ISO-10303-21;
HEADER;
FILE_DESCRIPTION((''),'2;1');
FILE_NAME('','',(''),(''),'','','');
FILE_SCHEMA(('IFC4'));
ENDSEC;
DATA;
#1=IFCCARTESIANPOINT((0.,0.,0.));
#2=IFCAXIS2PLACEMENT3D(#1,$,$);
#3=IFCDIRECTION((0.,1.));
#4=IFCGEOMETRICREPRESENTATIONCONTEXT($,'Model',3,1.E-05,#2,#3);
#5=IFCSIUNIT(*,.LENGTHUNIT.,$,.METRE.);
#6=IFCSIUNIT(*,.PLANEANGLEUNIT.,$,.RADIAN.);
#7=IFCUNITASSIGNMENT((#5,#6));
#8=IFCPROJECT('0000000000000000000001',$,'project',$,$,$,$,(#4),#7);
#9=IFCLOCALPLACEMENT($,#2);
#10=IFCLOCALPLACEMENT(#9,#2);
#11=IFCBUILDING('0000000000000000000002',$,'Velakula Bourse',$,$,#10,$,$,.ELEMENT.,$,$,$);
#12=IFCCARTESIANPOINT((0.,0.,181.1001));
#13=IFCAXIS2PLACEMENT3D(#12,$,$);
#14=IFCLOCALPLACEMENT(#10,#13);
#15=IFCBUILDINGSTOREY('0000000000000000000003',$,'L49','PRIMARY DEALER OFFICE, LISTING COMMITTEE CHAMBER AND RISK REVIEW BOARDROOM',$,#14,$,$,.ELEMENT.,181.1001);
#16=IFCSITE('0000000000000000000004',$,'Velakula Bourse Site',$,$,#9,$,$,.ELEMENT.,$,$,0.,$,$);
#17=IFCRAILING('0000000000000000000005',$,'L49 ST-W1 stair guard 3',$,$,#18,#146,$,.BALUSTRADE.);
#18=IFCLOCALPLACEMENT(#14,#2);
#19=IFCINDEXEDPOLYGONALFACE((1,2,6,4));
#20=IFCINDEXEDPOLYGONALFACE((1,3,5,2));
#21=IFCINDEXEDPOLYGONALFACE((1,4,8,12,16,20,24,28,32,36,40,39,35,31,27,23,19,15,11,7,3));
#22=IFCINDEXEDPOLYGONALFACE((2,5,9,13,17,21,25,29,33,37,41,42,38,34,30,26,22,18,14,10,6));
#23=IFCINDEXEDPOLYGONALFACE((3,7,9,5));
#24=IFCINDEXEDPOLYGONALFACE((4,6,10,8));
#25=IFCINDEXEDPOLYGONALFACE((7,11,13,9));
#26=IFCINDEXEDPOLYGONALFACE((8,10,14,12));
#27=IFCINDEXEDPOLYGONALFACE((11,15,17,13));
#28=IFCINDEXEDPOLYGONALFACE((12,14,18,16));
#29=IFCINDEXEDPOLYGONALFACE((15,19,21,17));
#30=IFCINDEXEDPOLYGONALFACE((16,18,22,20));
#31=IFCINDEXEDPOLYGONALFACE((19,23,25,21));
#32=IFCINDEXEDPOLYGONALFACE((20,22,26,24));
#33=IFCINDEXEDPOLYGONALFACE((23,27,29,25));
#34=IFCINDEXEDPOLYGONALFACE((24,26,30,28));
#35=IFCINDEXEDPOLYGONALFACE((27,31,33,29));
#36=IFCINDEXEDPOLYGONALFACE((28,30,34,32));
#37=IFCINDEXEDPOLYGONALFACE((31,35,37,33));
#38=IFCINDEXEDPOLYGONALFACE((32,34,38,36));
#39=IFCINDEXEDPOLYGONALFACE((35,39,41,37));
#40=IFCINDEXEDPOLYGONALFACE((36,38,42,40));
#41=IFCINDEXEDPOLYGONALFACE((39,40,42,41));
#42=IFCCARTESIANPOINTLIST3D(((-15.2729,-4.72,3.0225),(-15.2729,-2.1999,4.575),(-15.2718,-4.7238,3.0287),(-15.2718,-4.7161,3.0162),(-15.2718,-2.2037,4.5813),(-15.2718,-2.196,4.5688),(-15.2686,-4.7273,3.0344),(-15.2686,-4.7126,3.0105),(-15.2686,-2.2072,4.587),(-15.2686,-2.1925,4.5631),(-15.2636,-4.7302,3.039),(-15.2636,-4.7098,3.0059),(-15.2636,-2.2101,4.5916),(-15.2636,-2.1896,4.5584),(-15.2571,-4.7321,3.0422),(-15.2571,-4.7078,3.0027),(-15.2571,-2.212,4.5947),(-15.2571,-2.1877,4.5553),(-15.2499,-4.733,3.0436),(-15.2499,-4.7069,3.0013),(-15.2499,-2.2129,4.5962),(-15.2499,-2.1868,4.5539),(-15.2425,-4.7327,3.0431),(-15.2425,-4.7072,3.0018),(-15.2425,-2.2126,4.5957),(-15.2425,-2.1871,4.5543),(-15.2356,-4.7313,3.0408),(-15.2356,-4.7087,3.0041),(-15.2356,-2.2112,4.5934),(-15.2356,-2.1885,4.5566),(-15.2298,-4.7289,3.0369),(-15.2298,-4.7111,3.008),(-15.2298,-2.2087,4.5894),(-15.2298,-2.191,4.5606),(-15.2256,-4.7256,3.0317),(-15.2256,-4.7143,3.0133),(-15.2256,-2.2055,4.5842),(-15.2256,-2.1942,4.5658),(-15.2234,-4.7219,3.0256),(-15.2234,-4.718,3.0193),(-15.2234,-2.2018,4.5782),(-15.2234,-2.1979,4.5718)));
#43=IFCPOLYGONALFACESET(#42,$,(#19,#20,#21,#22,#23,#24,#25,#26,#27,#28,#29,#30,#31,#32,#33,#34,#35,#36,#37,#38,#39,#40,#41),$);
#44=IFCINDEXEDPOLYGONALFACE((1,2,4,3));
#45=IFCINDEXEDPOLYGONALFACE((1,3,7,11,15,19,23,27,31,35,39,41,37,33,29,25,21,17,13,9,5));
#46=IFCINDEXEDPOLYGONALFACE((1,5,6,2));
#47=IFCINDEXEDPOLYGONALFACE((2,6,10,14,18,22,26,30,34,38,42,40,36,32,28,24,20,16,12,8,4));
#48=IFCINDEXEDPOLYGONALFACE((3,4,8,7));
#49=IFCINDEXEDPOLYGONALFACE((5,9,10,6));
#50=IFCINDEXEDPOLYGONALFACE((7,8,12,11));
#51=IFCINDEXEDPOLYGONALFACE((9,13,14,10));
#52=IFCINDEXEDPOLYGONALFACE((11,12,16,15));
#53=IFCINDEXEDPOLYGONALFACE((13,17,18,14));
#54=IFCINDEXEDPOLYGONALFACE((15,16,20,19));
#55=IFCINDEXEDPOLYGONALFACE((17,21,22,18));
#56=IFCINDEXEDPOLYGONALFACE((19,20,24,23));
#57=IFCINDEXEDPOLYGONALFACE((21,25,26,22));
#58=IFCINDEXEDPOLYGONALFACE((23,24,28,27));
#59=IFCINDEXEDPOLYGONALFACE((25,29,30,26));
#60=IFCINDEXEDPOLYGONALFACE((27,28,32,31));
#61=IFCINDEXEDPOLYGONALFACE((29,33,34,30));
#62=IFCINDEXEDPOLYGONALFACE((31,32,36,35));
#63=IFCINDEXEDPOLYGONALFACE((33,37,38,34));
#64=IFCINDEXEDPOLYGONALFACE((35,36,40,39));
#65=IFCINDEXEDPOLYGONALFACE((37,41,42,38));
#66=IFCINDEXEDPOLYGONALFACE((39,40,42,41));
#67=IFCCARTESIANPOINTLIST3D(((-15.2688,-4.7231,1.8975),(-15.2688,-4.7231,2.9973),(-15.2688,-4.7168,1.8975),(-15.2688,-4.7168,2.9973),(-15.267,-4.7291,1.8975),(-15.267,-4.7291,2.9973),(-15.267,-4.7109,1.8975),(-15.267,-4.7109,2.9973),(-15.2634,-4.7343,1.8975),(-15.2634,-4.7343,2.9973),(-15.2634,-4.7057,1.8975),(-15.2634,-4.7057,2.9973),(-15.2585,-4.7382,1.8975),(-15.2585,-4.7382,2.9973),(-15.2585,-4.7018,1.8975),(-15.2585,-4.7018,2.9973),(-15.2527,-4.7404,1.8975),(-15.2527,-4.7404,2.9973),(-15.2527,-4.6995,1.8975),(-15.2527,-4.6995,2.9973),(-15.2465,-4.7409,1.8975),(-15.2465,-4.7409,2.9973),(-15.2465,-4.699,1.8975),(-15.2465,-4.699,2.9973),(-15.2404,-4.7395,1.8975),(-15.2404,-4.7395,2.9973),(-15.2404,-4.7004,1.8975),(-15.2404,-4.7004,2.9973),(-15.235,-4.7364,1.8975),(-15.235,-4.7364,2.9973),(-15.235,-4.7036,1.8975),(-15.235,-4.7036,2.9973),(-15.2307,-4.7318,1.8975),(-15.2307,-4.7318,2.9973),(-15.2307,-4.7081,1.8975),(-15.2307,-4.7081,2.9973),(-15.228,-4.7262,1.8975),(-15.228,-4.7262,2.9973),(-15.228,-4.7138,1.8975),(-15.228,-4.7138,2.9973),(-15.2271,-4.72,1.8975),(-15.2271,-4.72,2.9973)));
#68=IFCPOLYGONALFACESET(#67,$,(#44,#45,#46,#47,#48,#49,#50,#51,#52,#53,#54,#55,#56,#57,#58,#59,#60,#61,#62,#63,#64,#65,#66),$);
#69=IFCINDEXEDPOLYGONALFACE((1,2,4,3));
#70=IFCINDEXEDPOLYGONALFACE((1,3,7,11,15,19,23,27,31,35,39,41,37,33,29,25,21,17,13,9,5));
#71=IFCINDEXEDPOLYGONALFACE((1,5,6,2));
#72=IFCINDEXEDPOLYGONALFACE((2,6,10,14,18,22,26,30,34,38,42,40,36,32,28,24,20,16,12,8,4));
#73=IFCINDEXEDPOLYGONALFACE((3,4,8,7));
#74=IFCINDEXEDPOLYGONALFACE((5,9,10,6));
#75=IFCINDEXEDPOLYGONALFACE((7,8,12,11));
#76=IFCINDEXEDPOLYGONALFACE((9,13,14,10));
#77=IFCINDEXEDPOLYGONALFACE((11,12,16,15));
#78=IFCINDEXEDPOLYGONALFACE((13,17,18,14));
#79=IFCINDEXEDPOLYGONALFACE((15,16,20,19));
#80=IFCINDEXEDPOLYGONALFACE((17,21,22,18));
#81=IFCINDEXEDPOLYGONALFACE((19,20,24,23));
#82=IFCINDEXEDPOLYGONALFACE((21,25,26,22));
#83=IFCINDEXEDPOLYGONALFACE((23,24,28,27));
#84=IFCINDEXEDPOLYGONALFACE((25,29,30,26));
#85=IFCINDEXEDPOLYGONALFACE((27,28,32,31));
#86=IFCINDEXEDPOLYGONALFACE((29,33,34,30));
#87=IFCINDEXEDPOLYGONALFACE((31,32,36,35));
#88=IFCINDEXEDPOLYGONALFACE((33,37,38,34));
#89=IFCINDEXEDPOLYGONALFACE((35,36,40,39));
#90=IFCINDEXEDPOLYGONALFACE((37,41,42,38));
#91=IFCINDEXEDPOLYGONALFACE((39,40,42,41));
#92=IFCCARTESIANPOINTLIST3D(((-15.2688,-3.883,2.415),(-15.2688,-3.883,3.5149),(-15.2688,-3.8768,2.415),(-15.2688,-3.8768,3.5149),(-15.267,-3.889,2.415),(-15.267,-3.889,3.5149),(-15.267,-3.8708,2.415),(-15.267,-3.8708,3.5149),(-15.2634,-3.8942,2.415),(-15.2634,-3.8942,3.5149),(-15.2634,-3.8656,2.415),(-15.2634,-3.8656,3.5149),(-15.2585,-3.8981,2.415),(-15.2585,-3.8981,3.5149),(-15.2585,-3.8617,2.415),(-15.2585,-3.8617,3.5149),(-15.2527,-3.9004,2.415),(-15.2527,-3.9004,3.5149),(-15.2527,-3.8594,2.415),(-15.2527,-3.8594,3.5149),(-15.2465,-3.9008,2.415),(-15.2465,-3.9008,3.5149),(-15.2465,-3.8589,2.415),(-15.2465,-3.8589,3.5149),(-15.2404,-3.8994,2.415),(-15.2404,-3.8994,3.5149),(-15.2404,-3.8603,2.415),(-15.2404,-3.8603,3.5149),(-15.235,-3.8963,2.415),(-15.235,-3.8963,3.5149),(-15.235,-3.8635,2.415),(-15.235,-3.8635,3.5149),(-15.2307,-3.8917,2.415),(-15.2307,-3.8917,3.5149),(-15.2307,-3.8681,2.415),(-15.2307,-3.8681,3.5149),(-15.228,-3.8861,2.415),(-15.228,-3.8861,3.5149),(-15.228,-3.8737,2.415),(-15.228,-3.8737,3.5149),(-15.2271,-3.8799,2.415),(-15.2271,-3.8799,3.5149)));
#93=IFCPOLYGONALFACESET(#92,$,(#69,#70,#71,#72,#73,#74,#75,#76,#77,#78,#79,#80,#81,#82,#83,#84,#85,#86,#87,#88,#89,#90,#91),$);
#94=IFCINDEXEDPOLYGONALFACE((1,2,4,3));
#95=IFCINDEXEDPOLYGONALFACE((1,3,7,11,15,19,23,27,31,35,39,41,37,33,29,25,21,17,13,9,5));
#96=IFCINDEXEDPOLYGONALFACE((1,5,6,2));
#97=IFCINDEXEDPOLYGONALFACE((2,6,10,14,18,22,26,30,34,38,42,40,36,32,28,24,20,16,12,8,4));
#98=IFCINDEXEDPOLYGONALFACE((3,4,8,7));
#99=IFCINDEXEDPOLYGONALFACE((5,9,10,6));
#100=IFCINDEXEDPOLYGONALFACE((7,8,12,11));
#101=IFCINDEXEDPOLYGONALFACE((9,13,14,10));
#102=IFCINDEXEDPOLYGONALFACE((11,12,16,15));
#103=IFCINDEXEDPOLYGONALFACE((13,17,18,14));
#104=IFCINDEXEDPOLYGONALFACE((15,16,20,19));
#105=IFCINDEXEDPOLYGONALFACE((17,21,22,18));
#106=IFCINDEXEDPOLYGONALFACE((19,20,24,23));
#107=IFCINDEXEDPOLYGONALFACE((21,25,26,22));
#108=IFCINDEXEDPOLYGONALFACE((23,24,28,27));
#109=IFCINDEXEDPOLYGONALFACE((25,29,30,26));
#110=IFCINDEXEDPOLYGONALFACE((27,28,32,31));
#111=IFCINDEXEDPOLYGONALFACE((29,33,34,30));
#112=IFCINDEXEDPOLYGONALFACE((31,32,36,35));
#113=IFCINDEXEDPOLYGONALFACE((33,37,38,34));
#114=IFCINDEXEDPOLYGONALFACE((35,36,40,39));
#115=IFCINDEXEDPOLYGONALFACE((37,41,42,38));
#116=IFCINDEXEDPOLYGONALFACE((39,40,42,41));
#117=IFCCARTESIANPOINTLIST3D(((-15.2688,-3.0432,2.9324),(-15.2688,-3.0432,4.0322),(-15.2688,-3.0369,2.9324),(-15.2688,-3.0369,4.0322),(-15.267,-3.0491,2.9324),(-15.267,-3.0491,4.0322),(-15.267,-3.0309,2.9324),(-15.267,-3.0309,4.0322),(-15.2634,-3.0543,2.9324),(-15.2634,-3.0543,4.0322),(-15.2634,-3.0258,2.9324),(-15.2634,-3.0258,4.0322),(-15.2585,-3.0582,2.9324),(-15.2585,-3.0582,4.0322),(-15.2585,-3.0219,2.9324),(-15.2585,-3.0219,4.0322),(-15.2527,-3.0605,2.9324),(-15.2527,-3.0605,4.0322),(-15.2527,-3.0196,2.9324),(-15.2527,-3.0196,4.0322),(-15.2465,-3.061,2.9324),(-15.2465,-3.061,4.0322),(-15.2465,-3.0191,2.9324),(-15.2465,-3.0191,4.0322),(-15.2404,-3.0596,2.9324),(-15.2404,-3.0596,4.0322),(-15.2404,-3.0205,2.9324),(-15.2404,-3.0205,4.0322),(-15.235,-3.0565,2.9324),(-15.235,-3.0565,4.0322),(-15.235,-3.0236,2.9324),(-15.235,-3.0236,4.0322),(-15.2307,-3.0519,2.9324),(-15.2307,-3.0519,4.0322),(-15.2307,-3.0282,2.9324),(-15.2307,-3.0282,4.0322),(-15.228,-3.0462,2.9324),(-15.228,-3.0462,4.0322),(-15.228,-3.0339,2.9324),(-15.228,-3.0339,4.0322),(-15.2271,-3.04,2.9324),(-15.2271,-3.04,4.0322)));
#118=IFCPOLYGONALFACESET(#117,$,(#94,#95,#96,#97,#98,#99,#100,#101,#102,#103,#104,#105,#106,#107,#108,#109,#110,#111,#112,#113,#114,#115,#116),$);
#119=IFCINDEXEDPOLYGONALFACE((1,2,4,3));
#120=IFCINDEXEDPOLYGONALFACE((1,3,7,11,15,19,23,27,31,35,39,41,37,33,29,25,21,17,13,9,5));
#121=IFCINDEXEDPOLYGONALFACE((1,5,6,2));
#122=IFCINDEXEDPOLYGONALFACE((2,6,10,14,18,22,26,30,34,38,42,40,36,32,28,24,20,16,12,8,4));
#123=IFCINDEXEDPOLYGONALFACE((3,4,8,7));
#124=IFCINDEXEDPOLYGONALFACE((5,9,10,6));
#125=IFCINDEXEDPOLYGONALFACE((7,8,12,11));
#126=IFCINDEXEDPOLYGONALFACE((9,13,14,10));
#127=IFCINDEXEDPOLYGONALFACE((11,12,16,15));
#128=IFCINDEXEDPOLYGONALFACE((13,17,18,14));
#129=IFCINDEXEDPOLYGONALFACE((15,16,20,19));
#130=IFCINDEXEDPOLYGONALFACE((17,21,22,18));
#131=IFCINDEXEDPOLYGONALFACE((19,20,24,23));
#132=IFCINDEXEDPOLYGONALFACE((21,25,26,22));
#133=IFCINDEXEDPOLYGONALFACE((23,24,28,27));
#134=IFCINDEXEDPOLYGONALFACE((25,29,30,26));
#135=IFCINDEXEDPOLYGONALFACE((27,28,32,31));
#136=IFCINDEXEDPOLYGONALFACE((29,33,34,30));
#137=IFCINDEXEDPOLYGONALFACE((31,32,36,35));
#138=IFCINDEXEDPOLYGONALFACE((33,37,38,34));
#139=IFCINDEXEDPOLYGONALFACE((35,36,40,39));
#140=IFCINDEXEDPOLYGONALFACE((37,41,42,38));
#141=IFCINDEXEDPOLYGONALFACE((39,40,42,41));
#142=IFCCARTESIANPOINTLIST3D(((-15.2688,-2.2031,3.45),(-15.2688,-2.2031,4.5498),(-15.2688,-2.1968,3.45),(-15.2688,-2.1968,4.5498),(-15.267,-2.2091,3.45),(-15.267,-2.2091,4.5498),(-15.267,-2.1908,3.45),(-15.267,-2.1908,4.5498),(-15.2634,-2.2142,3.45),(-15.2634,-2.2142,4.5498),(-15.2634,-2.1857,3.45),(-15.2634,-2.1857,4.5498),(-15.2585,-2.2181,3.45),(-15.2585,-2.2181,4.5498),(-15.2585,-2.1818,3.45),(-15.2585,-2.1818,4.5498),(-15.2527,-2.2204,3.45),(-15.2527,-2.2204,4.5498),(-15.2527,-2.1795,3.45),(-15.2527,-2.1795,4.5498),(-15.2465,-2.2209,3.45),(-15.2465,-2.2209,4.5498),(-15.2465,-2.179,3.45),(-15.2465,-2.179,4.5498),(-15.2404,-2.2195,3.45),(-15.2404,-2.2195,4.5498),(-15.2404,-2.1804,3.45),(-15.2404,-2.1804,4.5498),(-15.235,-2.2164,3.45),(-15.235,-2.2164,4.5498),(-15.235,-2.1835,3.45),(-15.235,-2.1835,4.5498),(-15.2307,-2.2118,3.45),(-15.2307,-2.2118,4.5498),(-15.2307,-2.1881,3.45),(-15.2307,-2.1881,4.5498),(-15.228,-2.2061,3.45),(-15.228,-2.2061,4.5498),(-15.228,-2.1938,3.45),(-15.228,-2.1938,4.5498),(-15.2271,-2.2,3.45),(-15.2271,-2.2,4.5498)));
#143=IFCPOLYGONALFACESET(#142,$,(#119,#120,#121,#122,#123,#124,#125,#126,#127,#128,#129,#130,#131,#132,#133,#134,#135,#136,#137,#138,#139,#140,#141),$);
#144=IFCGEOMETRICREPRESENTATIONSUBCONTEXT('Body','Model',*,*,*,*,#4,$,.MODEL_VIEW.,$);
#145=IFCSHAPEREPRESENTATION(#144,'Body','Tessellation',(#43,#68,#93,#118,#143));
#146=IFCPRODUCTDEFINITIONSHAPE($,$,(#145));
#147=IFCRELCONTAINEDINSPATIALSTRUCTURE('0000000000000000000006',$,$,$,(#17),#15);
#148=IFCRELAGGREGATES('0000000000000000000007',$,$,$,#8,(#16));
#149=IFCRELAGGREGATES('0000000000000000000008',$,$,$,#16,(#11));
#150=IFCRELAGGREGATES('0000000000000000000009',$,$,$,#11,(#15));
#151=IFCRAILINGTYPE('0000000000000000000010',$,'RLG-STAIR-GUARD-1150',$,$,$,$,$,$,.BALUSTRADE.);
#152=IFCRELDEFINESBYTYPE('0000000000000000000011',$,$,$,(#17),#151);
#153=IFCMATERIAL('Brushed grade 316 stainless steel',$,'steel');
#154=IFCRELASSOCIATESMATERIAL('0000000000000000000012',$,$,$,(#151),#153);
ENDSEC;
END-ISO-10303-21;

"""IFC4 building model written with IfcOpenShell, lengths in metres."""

from ifc_helpers import new_model, si_unit, direction, frame, origin, origin_2d, place, context, subcontext, project, spatial, circle, extrude, material, type_object, element, save


model = new_model("IFC4")

# Units and contexts
model_context = context("Model", 3, precision=1e-05, world=origin(), true_north=direction((0.0, 1.0)))
body_context = subcontext(model_context, "Body", "Model", "MODEL_VIEW")
ifc_project = project(units=[si_unit("LENGTHUNIT", "METRE"), si_unit("PLANEANGLEUNIT", "RADIAN")], contexts=[model_context])

# Site, building, storey
site_placement = place(None, origin())
site = spatial("IfcSite", under=ifc_project, at=site_placement, Name="Velakula Bourse Site", CompositionType="ELEMENT", RefElevation=0.0)
building_placement = place(site_placement, origin())
building = spatial("IfcBuilding", under=site, at=building_placement, Name="Velakula Bourse", CompositionType="ELEMENT")
storey_placement = place(building_placement, frame((0.0, 0.0, 181.1001)))
storey = spatial("IfcBuildingStorey", under=building, at=storey_placement, Name="L49", Description="PRIMARY DEALER OFFICE, LISTING COMMITTEE CHAMBER AND RISK REVIEW BOARDROOM", CompositionType="ELEMENT", Elevation=181.1001)

# Shared definitions
ifc_material_1 = material(Name="Brushed grade 316 stainless steel", Category="steel")

# Railing
railing_type_1 = type_object("IfcRailingType", Name="RLG-STAIR-GUARD-1150", PredefinedType="BALUSTRADE", material=ifc_material_1)
railing_1_placement = place(storey_placement, frame((-15.248, -4.72, 1.8975)))
element("IfcRailing", 1, at=railing_1_placement, inside=storey, type_object=railing_type_1, Name="L49 ST-W1 stair guard 3", PredefinedType="BALUSTRADE", context=body_context, shape_type="SweptSolid", body=[
    extrude(circle(Radius=0.0249, at=origin_2d()), frame((0.0, 0.0, 1.125), z_axis=(0.0, 0.8514, 0.524516), x_axis=(-1.0, 0.0, 0.0)), (0.0, 0.0, 1.0), 2.96),
    extrude(circle(Radius=0.021, at=origin_2d()), origin(), (0.0, 0.0, 1.0), 1.0999),
    extrude(circle(Radius=0.021, at=origin_2d()), frame((0.0, 0.8401, 0.5176)), (0.0, 0.0, 1.0), 1.0999),
    extrude(circle(Radius=0.021, at=origin_2d()), frame((0.0, 1.6799, 1.0349)), (0.0, 0.0, 1.0), 1.0999),
    extrude(circle(Radius=0.021, at=origin_2d()), frame((0.0, 2.52, 1.5525)), (0.0, 0.0, 1.0), 1.0999),
])

save(model, "model.ifc")
